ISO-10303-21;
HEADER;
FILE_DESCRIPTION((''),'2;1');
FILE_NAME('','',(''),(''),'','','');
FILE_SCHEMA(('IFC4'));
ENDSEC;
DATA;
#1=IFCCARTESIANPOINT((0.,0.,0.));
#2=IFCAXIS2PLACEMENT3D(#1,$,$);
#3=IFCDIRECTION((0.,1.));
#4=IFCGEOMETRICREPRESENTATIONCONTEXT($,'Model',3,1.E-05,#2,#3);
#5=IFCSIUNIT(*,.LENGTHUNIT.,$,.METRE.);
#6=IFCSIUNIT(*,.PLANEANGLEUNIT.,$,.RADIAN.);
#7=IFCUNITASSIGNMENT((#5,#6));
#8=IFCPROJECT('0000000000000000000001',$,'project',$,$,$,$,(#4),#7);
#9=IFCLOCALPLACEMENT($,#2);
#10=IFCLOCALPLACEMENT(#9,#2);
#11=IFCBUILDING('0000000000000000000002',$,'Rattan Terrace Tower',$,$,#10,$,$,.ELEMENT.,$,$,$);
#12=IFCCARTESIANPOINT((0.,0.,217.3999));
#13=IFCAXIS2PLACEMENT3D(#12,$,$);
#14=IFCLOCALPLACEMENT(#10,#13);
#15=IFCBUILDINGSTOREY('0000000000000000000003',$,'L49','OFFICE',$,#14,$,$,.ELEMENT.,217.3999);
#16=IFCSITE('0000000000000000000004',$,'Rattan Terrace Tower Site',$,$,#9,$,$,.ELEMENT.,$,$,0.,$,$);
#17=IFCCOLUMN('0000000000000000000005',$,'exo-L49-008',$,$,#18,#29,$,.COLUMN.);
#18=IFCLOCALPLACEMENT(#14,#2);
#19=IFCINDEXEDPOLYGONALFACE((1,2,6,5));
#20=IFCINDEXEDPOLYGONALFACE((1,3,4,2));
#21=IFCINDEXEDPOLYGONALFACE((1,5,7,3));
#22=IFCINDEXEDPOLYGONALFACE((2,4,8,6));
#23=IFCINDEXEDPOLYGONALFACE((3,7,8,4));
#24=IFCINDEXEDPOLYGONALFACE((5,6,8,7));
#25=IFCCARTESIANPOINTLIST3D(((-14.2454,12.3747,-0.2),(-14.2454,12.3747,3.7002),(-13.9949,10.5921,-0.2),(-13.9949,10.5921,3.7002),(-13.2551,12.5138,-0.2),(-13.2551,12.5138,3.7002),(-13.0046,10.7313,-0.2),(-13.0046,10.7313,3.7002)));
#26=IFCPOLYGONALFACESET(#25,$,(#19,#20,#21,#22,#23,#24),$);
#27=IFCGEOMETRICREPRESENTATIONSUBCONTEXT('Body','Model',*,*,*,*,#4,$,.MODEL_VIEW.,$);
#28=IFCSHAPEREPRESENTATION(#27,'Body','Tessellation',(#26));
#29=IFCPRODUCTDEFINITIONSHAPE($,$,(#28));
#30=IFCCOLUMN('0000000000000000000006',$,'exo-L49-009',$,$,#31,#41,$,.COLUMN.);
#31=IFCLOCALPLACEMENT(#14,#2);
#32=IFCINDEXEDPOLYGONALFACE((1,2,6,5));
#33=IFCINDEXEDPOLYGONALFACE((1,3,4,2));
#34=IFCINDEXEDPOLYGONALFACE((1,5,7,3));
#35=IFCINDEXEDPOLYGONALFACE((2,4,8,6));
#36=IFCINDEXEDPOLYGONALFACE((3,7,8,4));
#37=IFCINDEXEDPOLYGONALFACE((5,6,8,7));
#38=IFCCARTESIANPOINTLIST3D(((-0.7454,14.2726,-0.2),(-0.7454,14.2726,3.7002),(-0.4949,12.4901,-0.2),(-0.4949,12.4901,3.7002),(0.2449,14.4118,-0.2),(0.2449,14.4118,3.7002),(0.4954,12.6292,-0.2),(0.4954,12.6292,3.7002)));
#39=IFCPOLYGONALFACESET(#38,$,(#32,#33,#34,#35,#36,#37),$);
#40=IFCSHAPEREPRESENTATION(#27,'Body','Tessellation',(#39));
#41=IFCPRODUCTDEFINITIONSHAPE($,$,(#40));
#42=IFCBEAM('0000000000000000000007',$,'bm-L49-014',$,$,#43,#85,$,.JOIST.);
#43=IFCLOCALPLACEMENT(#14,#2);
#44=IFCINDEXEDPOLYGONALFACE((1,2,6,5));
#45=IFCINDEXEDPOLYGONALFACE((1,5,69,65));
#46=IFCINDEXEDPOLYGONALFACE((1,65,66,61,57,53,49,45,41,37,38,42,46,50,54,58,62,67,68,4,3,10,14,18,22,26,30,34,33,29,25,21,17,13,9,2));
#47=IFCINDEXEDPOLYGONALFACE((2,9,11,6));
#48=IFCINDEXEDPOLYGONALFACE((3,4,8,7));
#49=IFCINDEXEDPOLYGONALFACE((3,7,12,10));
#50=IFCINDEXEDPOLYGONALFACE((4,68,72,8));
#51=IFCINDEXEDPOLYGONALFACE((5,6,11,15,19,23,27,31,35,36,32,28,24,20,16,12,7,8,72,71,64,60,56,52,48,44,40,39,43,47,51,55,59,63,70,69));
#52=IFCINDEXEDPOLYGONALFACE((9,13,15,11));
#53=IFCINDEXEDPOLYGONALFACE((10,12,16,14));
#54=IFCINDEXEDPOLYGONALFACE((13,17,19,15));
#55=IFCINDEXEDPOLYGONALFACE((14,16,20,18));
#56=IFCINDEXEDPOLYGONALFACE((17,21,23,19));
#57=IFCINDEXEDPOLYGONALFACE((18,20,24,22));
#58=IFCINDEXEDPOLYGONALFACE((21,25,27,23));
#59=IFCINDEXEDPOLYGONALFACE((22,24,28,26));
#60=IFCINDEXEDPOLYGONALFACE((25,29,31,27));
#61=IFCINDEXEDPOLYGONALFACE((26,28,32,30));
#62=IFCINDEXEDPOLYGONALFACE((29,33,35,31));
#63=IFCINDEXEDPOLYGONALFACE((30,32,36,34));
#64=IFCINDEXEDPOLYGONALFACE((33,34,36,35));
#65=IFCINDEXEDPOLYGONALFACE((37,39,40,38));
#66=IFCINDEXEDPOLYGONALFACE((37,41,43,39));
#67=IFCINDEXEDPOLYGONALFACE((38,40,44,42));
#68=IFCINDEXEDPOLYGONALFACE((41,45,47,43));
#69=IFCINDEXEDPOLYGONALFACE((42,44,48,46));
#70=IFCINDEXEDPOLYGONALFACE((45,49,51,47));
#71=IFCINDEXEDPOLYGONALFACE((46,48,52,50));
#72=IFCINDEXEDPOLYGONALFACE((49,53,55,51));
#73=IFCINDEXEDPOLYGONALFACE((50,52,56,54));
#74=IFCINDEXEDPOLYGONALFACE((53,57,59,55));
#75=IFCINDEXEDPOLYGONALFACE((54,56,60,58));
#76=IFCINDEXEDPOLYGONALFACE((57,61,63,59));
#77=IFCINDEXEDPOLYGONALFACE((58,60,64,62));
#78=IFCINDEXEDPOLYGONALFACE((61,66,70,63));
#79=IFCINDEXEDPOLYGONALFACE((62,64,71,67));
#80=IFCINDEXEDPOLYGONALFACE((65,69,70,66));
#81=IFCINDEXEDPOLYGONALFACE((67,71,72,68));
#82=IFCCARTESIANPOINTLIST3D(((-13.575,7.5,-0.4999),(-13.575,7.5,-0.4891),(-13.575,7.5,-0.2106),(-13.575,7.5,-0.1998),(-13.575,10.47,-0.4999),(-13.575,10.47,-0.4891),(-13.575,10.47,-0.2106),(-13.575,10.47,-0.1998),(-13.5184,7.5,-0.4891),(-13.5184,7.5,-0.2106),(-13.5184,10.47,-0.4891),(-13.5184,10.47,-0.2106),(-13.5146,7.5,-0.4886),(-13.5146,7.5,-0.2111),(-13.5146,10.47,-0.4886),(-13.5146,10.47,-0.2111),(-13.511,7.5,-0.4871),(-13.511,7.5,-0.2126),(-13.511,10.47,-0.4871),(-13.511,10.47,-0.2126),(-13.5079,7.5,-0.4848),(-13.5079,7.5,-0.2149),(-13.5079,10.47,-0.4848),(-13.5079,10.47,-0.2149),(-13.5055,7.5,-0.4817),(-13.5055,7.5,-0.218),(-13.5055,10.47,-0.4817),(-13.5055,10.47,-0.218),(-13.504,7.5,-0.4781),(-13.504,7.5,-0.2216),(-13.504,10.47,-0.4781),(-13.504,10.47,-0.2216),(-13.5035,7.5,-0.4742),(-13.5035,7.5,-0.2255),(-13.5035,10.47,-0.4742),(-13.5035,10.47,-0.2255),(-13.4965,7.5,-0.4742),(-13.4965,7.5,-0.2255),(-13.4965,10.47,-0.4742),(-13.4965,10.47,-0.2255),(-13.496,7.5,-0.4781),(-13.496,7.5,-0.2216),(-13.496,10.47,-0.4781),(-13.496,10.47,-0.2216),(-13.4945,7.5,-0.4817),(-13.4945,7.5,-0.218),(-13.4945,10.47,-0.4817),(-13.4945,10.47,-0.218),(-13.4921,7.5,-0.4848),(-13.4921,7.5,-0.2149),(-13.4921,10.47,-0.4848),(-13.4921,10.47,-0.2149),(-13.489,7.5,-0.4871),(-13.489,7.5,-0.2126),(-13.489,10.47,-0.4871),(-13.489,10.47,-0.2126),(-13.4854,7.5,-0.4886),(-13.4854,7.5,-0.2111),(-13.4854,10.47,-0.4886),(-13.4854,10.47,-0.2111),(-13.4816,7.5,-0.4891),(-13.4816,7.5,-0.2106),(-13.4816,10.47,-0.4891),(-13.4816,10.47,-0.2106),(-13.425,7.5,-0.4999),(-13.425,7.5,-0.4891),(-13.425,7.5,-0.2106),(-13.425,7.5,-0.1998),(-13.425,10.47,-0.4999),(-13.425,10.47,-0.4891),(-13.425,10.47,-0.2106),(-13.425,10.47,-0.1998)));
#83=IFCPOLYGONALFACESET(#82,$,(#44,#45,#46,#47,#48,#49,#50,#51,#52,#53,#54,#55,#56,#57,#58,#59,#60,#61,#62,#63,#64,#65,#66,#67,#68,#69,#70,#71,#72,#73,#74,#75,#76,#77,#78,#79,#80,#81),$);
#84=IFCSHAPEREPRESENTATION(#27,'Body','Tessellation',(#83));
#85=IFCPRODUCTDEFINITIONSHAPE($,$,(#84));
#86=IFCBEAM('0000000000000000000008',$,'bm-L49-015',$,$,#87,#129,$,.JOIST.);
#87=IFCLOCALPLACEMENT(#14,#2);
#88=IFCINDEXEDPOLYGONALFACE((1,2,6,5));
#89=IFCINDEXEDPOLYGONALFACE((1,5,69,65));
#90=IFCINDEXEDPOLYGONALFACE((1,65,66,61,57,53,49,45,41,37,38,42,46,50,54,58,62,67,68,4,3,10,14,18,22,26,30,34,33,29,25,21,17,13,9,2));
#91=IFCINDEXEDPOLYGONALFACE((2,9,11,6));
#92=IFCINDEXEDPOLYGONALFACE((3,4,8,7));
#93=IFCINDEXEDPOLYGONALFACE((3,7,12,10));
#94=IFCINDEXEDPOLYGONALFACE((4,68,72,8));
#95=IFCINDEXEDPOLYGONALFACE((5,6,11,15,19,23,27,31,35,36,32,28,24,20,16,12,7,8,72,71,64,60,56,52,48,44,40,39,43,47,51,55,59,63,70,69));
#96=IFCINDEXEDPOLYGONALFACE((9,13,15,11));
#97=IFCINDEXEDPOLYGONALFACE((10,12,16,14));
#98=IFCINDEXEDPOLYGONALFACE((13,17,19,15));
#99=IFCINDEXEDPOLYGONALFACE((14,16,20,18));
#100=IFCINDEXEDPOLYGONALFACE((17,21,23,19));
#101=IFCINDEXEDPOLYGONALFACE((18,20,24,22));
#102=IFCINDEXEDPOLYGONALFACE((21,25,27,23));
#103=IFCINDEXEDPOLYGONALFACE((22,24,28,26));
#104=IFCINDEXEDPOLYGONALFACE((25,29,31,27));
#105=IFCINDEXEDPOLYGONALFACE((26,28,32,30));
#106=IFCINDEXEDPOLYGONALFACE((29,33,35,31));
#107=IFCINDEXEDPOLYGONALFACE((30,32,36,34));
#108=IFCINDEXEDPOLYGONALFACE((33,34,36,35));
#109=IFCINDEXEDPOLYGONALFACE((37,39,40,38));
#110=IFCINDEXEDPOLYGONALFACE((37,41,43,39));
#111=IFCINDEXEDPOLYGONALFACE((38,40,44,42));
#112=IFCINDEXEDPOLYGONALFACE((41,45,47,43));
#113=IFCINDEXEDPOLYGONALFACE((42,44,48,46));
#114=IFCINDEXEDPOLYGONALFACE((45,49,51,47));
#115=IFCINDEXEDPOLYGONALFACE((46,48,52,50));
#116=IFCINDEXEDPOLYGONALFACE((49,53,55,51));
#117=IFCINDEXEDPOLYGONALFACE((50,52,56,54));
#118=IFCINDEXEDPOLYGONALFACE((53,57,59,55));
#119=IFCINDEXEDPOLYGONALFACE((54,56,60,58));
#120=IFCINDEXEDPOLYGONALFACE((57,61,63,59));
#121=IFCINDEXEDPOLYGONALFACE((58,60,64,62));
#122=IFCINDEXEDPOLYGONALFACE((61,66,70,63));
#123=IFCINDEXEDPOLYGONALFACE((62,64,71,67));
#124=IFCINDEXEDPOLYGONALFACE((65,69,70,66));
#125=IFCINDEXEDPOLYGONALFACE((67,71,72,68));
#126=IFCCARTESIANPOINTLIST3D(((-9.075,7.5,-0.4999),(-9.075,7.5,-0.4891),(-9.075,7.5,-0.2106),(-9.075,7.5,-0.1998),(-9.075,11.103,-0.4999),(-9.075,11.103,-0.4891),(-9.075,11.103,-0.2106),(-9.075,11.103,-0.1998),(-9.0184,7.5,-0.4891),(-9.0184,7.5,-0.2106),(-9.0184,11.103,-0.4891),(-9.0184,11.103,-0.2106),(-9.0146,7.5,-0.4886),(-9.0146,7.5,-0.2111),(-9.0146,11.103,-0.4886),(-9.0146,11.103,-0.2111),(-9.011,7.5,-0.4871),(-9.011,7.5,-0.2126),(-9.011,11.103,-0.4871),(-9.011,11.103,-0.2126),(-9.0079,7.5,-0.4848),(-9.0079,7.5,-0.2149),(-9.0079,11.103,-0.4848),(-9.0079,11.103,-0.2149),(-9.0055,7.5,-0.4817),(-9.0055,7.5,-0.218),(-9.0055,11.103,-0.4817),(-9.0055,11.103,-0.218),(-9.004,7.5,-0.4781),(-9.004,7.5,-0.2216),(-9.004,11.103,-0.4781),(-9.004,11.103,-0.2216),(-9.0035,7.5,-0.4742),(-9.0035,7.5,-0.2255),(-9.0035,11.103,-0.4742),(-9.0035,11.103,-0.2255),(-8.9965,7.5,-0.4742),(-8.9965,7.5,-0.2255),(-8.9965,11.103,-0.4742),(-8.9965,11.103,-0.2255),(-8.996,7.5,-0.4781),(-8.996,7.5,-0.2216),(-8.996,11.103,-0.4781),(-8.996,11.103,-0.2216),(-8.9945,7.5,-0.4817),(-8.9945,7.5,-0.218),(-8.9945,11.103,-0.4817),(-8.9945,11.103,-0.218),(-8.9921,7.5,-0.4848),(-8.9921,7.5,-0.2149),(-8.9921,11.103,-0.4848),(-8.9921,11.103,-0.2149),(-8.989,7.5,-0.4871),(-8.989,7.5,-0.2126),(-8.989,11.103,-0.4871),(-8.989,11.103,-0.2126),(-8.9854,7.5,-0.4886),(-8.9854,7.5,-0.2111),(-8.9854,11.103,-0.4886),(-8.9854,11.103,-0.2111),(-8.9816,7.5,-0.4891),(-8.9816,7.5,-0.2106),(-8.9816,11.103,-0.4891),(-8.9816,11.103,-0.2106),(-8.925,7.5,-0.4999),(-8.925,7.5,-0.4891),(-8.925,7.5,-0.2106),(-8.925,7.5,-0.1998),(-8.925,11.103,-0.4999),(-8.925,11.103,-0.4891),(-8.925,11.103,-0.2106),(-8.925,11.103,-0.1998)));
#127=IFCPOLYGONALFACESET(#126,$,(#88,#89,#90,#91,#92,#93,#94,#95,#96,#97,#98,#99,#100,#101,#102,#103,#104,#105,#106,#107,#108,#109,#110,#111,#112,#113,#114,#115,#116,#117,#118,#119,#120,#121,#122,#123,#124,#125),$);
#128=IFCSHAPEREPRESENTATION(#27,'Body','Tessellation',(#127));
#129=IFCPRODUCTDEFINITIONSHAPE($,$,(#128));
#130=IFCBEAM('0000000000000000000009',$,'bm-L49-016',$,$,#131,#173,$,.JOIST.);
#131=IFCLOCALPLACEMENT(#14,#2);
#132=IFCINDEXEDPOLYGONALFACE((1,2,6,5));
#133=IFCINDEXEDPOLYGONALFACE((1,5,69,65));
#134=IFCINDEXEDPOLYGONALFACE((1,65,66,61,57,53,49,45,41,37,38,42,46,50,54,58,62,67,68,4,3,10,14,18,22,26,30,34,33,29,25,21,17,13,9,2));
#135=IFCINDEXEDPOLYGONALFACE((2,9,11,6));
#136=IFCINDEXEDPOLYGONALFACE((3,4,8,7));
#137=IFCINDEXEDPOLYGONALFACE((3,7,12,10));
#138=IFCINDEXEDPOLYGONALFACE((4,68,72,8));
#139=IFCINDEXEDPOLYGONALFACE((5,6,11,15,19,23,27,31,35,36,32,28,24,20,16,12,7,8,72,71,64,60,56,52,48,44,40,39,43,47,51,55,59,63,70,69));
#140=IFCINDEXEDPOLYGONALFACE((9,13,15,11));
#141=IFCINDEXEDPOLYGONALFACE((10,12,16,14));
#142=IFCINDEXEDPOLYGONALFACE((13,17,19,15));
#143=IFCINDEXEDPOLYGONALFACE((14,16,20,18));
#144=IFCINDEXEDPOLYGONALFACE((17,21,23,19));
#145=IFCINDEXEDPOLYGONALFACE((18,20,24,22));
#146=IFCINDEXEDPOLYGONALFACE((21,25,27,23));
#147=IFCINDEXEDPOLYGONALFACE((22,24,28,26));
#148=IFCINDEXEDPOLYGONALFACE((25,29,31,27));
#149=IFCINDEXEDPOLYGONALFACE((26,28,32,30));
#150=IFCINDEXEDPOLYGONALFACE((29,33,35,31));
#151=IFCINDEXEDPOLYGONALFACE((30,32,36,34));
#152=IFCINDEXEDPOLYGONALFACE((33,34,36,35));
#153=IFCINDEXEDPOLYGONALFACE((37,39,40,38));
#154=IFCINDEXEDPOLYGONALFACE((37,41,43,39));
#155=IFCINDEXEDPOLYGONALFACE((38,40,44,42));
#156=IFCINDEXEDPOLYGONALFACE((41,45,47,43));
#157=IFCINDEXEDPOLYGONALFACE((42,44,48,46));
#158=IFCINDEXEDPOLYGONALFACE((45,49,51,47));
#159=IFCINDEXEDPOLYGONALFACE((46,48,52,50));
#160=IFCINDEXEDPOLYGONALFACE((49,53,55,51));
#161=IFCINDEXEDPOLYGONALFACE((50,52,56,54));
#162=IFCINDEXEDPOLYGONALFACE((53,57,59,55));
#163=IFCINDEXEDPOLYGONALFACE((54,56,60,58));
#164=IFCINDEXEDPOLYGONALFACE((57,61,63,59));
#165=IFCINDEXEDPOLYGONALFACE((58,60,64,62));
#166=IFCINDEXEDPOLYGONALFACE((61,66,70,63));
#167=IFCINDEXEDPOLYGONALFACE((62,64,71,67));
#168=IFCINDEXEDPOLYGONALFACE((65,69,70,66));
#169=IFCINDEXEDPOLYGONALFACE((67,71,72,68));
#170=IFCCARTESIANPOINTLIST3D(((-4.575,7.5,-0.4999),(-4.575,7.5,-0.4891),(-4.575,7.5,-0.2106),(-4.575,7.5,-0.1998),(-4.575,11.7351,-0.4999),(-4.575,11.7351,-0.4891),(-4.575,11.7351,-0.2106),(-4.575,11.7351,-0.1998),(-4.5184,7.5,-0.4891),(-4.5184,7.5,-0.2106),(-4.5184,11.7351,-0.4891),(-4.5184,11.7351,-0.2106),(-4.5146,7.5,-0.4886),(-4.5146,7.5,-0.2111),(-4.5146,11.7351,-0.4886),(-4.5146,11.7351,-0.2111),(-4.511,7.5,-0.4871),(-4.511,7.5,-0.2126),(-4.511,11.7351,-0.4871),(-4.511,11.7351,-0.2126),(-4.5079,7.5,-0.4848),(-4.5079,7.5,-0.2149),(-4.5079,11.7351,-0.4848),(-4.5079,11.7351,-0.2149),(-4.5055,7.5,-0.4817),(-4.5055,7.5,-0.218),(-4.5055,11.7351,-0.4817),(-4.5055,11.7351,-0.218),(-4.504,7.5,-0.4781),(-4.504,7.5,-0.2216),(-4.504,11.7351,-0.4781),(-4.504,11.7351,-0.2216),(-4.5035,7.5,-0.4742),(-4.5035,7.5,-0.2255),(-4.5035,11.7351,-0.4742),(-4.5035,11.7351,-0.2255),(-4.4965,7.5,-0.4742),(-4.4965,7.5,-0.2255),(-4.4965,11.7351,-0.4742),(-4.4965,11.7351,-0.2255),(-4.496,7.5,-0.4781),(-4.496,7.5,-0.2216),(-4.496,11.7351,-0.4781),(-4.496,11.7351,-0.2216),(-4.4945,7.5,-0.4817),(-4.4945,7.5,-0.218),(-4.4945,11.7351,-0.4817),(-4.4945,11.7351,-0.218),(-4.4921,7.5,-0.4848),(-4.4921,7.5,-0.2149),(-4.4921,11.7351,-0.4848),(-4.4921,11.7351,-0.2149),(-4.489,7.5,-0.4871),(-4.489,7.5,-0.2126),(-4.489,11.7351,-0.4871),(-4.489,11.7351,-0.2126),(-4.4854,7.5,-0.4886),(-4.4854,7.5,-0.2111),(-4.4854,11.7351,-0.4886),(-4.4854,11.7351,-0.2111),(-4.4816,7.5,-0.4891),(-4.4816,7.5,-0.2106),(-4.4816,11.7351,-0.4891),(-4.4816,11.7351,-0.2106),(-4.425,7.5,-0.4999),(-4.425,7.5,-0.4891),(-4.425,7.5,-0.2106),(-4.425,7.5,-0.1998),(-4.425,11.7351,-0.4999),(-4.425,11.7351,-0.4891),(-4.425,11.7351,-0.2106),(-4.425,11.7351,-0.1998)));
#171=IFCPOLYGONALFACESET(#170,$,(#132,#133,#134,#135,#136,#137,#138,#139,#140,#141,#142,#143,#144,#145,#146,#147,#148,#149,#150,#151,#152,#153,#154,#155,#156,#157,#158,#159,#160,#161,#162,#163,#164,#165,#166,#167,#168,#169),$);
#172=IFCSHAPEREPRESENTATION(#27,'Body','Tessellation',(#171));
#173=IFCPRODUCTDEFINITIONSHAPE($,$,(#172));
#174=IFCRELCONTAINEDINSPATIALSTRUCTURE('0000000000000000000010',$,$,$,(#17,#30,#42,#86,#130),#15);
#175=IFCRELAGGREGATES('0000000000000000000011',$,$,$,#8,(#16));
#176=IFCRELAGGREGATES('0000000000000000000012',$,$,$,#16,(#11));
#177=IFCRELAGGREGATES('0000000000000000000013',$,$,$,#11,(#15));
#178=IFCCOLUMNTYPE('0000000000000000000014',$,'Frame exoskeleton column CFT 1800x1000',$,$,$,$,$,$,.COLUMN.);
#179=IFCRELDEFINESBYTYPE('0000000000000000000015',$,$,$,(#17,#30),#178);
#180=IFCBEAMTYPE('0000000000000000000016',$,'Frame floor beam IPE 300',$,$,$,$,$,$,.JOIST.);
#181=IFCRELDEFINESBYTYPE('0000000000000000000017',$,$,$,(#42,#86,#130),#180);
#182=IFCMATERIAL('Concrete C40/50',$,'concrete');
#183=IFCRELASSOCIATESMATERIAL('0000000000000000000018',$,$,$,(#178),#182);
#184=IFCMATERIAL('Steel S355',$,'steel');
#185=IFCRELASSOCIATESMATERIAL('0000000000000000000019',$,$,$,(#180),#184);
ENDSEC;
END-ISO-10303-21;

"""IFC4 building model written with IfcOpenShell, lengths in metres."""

from ifc_helpers import new_model, si_unit, direction, frame, origin, origin_2d, place, context, subcontext, project, spatial, rectangle, i_section, extrude, material, material_profile, profile_set, type_object, element, save


model = new_model("IFC4")

# Units and contexts
model_context = context("Model", 3, precision=1e-05, world=origin(), true_north=direction((0.0, 1.0)))
body_context = subcontext(model_context, "Body", "Model", "MODEL_VIEW")
ifc_project = project(units=[si_unit("LENGTHUNIT", "METRE"), si_unit("PLANEANGLEUNIT", "RADIAN")], contexts=[model_context])

# Site, building, storey
site_placement = place(None, origin())
site = spatial("IfcSite", under=ifc_project, at=site_placement, Name="Rattan Terrace Tower Site", CompositionType="ELEMENT", RefElevation=0.0)
building_placement = place(site_placement, origin())
building = spatial("IfcBuilding", under=site, at=building_placement, Name="Rattan Terrace Tower", CompositionType="ELEMENT")
storey_placement = place(building_placement, frame((0.0, 0.0, 217.3999)))
storey = spatial("IfcBuildingStorey", under=building, at=storey_placement, Name="L49", Description="OFFICE", CompositionType="ELEMENT", Elevation=217.3999)

# Columns
ifc_material_1 = material(Name="Concrete C40/50", Category="concrete")
ifc_material_profile_1 = material_profile(ifc_material_1, rectangle(XDim=1.0, YDim=1.8, at=origin_2d()), Name="CFT 1800x1000")
ifc_profile_set_1 = profile_set([ifc_material_profile_1], Name="Concrete C40/50")
column_type = type_object("IfcColumnType", Name="Frame exoskeleton column CFT 1800x1000", PredefinedType="COLUMN", material=ifc_profile_set_1)
for number, where, z_axis, x_axis, name in (
    (1, (-13.625, 11.553, -0.2), (0.0, 0.0, 1.0), (0.990268, 0.139173, 0.0), "exo-L49-008"),
    (2, (-0.125, 13.4509, -0.2), (0.0, 0.0, 1.0), (0.990268, 0.139173, 0.0), "exo-L49-009"),
):
    element("IfcColumn", number, at=place(storey_placement, frame(where, z_axis=z_axis, x_axis=x_axis)), inside=storey, type_object=column_type, Name=name, PredefinedType="COLUMN", context=body_context, shape_type="SweptSolid", body=[
        extrude(rectangle(XDim=1.0, YDim=1.8, at=origin_2d()), origin(), (0.0, 0.0, 1.0), 3.9001),
    ])

# Beams
ifc_material_2 = material(Name="Steel S355", Category="steel")
ifc_material_profile_2 = material_profile(ifc_material_2, i_section(OverallWidth=0.1499, OverallDepth=0.3, WebThickness=0.0071, FlangeThickness=0.0107, FilletRadius=0.0149, at=origin_2d()), Name="IPE 300")
ifc_profile_set_2 = profile_set([ifc_material_profile_2], Name="Steel S355")
beam_type = type_object("IfcBeamType", Name="Frame floor beam IPE 300", PredefinedType="JOIST", material=ifc_profile_set_2)
beam_1_placement = place(storey_placement, frame((-13.5, 7.5, -0.3499), z_axis=(0.0, 1.0, 0.0), x_axis=(-1.0, 0.0, 0.0)))
element("IfcBeam", 3, at=beam_1_placement, inside=storey, type_object=beam_type, Name="bm-L49-014", PredefinedType="JOIST", context=body_context, shape_type="SweptSolid", body=[
    extrude(i_section(OverallWidth=0.1499, OverallDepth=0.3, WebThickness=0.0071, FlangeThickness=0.0107, FilletRadius=0.0149, at=origin_2d()), origin(), (0.0, 0.0, 1.0), 2.97),
])
beam_2_placement = place(storey_placement, frame((-9.0, 7.5, -0.3499), z_axis=(0.0, 1.0, 0.0), x_axis=(-1.0, 0.0, 0.0)))
element("IfcBeam", 4, at=beam_2_placement, inside=storey, type_object=beam_type, Name="bm-L49-015", PredefinedType="JOIST", context=body_context, shape_type="SweptSolid", body=[
    extrude(i_section(OverallWidth=0.1499, OverallDepth=0.3, WebThickness=0.0071, FlangeThickness=0.0107, FilletRadius=0.0149, at=origin_2d()), origin(), (0.0, 0.0, 1.0), 3.603),
])
beam_3_placement = place(storey_placement, frame((-4.5, 7.5, -0.3499), z_axis=(0.0, 1.0, 0.0), x_axis=(-1.0, 0.0, 0.0)))
element("IfcBeam", 5, at=beam_3_placement, inside=storey, type_object=beam_type, Name="bm-L49-016", PredefinedType="JOIST", context=body_context, shape_type="SweptSolid", body=[
    extrude(i_section(OverallWidth=0.1499, OverallDepth=0.3, WebThickness=0.0071, FlangeThickness=0.0107, FilletRadius=0.0149, at=origin_2d()), origin(), (0.0, 0.0, 1.0), 4.2351),
])

save(model, "model.ifc")
